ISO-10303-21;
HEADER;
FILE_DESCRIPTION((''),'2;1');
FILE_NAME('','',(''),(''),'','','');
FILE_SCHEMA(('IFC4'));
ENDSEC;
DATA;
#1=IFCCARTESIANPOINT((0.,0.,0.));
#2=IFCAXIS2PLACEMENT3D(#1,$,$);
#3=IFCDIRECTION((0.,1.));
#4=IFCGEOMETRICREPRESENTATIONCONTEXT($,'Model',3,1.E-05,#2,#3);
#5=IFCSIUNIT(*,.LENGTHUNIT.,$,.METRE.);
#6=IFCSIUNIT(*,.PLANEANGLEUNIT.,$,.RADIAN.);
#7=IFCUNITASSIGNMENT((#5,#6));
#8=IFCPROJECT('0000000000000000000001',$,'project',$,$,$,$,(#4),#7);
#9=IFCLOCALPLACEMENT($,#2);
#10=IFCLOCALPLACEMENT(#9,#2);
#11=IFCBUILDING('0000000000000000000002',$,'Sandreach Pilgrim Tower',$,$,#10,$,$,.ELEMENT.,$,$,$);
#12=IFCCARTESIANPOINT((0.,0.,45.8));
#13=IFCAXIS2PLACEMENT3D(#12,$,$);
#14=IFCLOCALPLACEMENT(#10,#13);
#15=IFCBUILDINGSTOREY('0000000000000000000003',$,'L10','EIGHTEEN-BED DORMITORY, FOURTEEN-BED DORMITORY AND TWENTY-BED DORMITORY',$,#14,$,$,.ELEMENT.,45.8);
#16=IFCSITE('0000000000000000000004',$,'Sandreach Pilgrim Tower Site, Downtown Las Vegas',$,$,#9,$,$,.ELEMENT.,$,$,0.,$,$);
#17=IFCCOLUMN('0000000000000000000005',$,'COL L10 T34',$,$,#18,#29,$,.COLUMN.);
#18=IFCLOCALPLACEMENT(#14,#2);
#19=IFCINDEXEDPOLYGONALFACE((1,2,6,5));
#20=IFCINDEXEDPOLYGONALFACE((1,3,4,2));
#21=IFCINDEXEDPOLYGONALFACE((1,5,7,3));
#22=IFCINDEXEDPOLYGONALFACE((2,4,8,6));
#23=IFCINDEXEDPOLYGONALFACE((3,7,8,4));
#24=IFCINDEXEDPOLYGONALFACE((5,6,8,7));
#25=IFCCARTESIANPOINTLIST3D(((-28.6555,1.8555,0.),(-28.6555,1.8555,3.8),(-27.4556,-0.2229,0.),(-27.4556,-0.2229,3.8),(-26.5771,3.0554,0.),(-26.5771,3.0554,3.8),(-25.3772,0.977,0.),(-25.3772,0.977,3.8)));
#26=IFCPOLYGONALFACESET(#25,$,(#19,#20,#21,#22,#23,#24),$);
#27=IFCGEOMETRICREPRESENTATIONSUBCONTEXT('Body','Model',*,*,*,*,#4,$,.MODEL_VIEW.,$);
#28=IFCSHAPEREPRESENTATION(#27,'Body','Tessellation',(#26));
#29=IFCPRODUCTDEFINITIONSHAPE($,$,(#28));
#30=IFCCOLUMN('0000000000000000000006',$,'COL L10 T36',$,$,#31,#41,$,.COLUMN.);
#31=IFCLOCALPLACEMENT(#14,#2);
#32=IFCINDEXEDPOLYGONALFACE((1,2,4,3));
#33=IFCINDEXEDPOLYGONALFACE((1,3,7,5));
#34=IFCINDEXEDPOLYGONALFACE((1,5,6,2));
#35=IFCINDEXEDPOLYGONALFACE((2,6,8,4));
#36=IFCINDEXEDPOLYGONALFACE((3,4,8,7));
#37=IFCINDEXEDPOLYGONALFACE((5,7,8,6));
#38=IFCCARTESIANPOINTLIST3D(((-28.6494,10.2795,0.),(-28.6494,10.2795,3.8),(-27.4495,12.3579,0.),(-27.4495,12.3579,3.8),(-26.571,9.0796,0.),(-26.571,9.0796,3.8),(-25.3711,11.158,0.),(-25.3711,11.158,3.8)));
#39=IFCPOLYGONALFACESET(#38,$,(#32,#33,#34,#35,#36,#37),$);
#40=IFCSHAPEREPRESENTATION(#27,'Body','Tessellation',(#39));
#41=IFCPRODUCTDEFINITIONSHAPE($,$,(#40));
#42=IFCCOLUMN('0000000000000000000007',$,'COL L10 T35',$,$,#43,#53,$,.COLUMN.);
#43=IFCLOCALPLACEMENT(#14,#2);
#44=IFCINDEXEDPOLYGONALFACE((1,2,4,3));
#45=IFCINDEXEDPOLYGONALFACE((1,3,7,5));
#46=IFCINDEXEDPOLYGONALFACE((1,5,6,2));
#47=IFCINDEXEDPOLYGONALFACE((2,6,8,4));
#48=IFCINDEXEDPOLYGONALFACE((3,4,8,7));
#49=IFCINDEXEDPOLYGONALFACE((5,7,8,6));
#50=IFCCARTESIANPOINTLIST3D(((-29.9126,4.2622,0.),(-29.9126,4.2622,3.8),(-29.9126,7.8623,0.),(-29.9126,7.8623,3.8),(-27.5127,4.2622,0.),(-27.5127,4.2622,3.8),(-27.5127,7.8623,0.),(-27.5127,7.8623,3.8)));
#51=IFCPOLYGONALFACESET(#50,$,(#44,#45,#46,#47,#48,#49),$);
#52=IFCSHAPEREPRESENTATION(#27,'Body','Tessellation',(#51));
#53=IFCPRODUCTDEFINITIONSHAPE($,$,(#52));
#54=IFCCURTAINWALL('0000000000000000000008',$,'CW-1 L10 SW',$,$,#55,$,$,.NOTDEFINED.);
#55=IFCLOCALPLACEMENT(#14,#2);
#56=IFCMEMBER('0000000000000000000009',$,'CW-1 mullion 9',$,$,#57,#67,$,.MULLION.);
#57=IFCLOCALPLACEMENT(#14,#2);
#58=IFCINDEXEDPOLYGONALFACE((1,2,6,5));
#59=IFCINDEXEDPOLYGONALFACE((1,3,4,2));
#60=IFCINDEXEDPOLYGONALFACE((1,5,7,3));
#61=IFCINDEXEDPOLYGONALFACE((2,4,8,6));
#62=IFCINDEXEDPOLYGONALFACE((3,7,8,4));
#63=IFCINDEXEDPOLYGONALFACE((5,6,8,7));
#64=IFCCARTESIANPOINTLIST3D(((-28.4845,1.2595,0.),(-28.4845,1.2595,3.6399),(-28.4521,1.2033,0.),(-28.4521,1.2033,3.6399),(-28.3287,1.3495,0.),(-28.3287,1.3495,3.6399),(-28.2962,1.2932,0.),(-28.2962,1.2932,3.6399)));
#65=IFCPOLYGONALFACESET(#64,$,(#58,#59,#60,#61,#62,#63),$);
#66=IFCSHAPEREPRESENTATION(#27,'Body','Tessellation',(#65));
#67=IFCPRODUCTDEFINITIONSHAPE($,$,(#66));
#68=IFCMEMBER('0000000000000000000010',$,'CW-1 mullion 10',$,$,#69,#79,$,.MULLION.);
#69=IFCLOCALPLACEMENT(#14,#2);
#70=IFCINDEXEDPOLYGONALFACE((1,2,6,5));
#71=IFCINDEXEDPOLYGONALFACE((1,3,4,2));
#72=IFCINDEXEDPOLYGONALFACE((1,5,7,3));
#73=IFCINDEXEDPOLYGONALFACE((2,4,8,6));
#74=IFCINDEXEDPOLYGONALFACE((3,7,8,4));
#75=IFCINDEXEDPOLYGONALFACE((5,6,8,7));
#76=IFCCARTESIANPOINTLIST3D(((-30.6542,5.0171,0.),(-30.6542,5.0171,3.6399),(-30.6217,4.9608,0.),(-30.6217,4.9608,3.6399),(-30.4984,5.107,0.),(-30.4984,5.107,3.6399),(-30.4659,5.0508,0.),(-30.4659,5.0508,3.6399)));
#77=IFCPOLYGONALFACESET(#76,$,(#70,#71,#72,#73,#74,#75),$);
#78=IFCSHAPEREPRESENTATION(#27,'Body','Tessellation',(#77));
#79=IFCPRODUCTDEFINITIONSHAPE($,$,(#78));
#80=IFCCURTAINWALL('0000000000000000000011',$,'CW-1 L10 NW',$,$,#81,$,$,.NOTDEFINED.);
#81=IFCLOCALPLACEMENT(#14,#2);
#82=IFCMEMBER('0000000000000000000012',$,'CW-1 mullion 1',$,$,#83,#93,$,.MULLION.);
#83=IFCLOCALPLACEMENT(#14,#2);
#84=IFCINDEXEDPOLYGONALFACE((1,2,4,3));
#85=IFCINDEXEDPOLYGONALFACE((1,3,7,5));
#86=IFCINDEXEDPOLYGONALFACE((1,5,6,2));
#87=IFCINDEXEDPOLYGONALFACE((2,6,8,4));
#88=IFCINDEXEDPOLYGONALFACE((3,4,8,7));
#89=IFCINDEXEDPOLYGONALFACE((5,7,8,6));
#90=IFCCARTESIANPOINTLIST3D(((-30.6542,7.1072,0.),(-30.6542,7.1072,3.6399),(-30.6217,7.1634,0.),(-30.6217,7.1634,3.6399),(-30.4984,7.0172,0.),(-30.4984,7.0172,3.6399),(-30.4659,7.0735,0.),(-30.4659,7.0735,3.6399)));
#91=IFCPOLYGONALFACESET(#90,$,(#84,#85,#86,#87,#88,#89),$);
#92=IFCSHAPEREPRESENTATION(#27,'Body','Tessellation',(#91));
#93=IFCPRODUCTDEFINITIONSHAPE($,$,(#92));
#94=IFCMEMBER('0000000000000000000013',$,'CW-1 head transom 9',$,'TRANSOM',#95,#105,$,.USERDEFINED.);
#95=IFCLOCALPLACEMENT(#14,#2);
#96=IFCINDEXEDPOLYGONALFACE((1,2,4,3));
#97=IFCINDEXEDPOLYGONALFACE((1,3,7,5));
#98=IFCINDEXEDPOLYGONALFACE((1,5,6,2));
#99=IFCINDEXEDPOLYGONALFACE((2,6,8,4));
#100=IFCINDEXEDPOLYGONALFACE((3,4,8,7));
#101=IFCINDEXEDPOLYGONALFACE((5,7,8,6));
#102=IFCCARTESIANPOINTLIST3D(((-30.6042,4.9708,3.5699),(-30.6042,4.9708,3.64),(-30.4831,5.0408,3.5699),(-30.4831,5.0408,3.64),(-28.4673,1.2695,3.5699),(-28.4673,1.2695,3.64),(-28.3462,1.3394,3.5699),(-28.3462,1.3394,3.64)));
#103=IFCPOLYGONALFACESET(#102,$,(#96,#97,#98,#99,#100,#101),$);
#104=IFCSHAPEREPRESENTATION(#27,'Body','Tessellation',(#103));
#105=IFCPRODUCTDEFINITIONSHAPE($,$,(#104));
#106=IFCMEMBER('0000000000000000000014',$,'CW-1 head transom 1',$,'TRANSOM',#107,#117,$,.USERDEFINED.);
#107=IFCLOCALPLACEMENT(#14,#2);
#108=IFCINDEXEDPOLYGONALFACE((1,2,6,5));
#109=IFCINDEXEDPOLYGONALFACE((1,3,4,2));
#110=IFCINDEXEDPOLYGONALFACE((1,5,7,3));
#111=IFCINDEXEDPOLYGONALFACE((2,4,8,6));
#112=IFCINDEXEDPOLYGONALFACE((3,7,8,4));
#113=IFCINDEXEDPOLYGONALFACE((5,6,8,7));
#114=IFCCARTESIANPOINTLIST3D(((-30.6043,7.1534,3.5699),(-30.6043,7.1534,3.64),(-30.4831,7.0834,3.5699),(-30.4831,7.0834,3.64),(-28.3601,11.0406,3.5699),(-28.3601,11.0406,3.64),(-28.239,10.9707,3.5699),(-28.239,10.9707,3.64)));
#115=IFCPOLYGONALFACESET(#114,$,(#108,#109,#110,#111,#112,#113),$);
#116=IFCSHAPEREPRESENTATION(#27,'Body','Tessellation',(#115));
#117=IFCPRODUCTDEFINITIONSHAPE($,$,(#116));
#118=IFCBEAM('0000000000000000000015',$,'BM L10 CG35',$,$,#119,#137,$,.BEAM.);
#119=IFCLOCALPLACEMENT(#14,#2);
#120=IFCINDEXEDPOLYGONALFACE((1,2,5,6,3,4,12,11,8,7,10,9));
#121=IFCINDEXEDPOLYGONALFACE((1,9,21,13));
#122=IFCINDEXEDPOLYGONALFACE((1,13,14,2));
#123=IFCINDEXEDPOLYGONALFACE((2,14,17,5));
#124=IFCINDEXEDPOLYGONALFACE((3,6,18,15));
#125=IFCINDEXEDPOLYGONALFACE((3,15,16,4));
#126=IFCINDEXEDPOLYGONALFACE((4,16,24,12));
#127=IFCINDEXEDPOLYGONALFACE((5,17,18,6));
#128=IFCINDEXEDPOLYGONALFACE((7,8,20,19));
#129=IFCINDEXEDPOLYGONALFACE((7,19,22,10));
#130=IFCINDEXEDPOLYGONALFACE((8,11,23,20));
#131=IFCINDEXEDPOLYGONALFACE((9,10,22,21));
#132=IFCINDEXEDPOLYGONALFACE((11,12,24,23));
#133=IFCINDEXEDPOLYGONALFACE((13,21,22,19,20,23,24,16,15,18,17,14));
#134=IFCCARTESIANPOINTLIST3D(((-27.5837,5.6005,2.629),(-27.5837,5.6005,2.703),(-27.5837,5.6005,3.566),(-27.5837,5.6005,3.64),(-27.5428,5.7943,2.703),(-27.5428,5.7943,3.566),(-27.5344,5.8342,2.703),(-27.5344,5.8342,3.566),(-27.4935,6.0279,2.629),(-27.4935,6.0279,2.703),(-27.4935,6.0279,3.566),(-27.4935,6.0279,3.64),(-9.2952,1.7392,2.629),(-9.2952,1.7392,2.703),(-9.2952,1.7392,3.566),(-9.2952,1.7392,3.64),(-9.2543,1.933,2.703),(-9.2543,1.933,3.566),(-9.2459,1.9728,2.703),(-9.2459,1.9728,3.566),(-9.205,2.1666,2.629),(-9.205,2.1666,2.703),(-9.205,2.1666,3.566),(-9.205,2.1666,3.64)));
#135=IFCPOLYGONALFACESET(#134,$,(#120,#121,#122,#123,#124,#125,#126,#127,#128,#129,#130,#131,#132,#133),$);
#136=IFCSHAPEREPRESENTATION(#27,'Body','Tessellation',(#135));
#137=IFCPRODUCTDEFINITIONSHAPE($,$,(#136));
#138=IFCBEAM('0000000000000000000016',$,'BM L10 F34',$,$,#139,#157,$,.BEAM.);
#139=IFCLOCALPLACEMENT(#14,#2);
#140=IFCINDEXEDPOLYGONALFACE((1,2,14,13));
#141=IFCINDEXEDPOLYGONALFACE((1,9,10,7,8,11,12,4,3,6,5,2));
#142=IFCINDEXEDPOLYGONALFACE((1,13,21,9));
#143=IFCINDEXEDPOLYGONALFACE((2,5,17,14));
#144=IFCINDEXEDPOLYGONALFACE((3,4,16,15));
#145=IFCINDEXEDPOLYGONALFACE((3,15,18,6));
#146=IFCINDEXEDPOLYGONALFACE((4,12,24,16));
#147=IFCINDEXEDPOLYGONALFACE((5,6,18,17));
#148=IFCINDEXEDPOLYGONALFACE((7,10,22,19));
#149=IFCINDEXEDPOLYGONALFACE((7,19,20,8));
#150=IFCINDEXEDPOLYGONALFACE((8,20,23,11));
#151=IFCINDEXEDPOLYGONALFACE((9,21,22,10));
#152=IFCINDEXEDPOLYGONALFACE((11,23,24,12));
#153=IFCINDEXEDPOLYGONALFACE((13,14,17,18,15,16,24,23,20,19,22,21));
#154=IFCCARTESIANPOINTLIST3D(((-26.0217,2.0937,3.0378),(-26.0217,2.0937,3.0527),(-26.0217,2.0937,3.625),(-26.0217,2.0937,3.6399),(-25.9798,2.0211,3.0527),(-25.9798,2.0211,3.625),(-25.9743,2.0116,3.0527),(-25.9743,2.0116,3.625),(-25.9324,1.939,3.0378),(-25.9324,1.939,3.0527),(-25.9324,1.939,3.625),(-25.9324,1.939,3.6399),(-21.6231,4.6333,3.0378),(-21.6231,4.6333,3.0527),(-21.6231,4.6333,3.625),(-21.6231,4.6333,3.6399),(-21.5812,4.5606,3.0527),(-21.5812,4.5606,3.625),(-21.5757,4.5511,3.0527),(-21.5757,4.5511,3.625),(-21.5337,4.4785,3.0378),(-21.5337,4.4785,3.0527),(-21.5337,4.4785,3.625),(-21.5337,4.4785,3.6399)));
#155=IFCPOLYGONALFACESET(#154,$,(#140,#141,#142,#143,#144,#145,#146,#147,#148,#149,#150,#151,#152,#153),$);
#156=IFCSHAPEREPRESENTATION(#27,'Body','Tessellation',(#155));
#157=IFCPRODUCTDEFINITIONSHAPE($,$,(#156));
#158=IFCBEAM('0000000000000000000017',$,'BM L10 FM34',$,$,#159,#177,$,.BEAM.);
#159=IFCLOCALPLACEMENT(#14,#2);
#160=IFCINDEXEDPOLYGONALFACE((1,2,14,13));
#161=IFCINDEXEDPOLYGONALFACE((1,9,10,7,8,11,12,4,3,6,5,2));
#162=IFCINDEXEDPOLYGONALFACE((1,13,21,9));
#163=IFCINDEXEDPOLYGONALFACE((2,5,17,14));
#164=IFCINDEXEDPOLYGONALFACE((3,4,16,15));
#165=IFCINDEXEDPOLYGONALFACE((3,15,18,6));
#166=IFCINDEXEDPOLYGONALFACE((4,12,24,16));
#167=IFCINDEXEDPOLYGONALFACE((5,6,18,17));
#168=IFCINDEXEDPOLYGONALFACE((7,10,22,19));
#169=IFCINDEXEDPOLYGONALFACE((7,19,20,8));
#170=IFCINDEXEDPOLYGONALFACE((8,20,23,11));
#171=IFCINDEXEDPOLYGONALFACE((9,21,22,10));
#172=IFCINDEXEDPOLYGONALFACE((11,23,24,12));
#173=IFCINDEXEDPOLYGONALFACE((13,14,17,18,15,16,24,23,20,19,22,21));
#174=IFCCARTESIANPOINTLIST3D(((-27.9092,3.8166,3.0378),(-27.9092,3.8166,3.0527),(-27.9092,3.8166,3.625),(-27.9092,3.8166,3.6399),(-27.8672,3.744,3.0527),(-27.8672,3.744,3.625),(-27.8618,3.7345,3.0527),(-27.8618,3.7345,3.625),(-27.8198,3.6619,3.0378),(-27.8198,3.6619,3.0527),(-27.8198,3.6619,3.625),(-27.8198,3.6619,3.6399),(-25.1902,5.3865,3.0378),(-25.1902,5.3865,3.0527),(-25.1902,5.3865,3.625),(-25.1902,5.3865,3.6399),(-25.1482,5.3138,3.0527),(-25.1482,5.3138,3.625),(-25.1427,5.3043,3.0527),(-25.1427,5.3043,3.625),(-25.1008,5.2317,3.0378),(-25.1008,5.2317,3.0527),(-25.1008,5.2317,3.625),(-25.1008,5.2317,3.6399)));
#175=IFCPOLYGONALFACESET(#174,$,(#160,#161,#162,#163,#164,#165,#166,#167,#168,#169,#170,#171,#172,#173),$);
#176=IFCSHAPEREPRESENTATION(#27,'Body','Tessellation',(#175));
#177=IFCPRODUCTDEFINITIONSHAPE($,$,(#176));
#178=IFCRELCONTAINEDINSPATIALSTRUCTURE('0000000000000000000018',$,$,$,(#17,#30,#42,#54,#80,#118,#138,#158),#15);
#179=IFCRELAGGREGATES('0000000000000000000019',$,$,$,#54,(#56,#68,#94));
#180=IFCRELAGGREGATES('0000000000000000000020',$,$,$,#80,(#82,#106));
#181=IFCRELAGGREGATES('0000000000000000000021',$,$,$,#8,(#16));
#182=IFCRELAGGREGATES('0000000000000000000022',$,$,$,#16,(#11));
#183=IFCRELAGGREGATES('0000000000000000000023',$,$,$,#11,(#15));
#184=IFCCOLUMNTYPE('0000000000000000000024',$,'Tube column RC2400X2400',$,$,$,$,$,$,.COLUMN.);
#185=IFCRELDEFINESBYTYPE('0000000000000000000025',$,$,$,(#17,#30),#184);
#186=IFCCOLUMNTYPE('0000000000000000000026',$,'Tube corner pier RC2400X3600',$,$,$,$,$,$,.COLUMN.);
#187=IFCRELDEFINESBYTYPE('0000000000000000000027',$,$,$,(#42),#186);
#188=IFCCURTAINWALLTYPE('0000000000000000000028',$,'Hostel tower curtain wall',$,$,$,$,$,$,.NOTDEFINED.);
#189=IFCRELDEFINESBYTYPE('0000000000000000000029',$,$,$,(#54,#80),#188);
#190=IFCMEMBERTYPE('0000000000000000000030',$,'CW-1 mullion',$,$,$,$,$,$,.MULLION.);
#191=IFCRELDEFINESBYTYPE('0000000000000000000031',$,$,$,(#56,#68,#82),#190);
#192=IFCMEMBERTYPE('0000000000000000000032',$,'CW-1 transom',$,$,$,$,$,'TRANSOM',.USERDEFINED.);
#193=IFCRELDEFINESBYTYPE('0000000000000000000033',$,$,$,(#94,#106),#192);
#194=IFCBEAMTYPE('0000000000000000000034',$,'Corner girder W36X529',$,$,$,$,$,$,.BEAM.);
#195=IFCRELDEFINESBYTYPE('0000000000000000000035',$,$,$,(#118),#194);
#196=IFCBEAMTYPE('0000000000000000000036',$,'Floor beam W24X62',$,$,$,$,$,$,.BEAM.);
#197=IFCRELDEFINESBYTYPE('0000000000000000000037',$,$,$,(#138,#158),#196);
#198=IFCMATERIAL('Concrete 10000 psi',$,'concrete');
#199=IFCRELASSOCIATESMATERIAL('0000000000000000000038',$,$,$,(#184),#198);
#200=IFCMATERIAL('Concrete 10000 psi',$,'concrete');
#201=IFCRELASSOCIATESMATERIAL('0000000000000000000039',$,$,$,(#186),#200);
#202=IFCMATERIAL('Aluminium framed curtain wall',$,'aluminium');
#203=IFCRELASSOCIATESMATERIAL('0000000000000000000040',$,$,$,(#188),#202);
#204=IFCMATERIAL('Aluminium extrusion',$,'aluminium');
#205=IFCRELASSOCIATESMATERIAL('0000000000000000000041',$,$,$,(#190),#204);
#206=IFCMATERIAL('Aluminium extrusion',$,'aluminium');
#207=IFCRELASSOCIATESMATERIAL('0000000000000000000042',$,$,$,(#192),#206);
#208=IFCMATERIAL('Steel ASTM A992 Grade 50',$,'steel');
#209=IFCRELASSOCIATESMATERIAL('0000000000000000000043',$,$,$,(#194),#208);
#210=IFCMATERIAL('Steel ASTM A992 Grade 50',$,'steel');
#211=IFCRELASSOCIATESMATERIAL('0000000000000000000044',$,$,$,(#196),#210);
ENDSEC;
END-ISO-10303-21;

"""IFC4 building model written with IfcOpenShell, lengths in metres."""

from ifc_helpers import new_model, si_unit, direction, frame, origin, origin_2d, place, context, subcontext, project, spatial, rectangle, i_section, extrude, material, material_profile, profile_set, type_object, element, aggregate, save


model = new_model("IFC4")

# Units and contexts
model_context = context("Model", 3, precision=1e-05, world=origin(), true_north=direction((0.0, 1.0)))
body_context = subcontext(model_context, "Body", "Model", "MODEL_VIEW")
ifc_project = project(units=[si_unit("LENGTHUNIT", "METRE"), si_unit("PLANEANGLEUNIT", "RADIAN")], contexts=[model_context])

# Site, building, storey
site_placement = place(None, origin())
site = spatial("IfcSite", under=ifc_project, at=site_placement, Name="Sandreach Pilgrim Tower Site, Downtown Las Vegas", CompositionType="ELEMENT", RefElevation=0.0)
building_placement = place(site_placement, origin())
building = spatial("IfcBuilding", under=site, at=building_placement, Name="Sandreach Pilgrim Tower", CompositionType="ELEMENT")
storey_placement = place(building_placement, frame((0.0, 0.0, 45.8)))
storey = spatial("IfcBuildingStorey", under=building, at=storey_placement, Name="L10", Description="EIGHTEEN-BED DORMITORY, FOURTEEN-BED DORMITORY AND TWENTY-BED DORMITORY", CompositionType="ELEMENT", Elevation=45.8)

# Columns
ifc_material_1 = material(Name="Concrete 10000 psi", Category="concrete")
ifc_material_profile_1 = material_profile(ifc_material_1, rectangle(XDim=2.3999, YDim=2.3999, at=origin_2d()), Name="RC2400X2400")
ifc_profile_set_1 = profile_set([ifc_material_profile_1], Name="Concrete 10000 psi")
column_type_1 = type_object("IfcColumnType", Name="Tube column RC2400X2400", PredefinedType="COLUMN", material=ifc_profile_set_1)
for number, where, z_axis, x_axis, name in (
    (1, (-27.0164, 1.4163, 0.0), (0.0, 0.0, 1.0), (-0.866025, -0.5, 0.0), "COL L10 T34"),
    (2, (-27.0103, 10.7188, 0.0), (0.0, 0.0, 1.0), (-0.866025, 0.5, 0.0), "COL L10 T36"),
):
    element("IfcColumn", number, at=place(storey_placement, frame(where, z_axis=z_axis, x_axis=x_axis)), inside=storey, type_object=column_type_1, Name=name, PredefinedType="COLUMN", context=body_context, shape_type="SweptSolid", body=[
        extrude(rectangle(XDim=2.3999, YDim=2.3999, at=origin_2d()), origin(), (0.0, 0.0, 1.0), 3.8),
    ])
ifc_material_2 = material(Name="Concrete 10000 psi", Category="concrete")
ifc_material_profile_2 = material_profile(ifc_material_2, rectangle(XDim=2.3999, YDim=3.6001, at=origin_2d()), Name="RC2400X3600")
ifc_profile_set_2 = profile_set([ifc_material_profile_2], Name="Concrete 10000 psi")
column_type_2 = type_object("IfcColumnType", Name="Tube corner pier RC2400X3600", PredefinedType="COLUMN", material=ifc_profile_set_2)
column_placement = place(storey_placement, frame((-28.7126, 6.0623, 0.0), z_axis=(0.0, 0.0, 1.0), x_axis=(-1.0, 0.0, 0.0)))
element("IfcColumn", 3, at=column_placement, inside=storey, type_object=column_type_2, Name="COL L10 T35", PredefinedType="COLUMN", context=body_context, shape_type="SweptSolid", body=[
    extrude(rectangle(XDim=2.3999, YDim=3.6001, at=origin_2d()), origin(), (0.0, 0.0, 1.0), 3.8),
])

# Curtain wall, members
ifc_material_3 = material(Name="Aluminium framed curtain wall", Category="aluminium")
curtain_wall_type = type_object("IfcCurtainWallType", Name="Hostel tower curtain wall", PredefinedType="NOTDEFINED", material=ifc_material_3)
curtain_wall_1_placement = place(storey_placement, origin())
curtain_wall_1 = element("IfcCurtainWall", 4, at=curtain_wall_1_placement, inside=storey, type_object=curtain_wall_type, Name="CW-1 L10 SW", PredefinedType="NOTDEFINED")
ifc_material_4 = material(Name="Aluminium extrusion", Category="aluminium")
ifc_material_profile_3 = material_profile(ifc_material_4, rectangle(XDim=0.0649, YDim=0.1799, at=origin_2d()), Name="CW-1M 65X180")
ifc_profile_set_3 = profile_set([ifc_material_profile_3], Name="Aluminium extrusion")
member_type_1 = type_object("IfcMemberType", Name="CW-1 mullion", PredefinedType="MULLION", material=ifc_profile_set_3)
member_1_placement = place(storey_placement, frame((-28.3904, 1.2764, 0.0), z_axis=(0.0, 0.0, 1.0), x_axis=(-0.5, 0.866025, 0.0)))
member_1 = element("IfcMember", 5, at=member_1_placement, type_object=member_type_1, Name="CW-1 mullion 9", PredefinedType="MULLION", context=body_context, shape_type="SweptSolid", body=[
    extrude(rectangle(XDim=0.0649, YDim=0.1799, at=origin_2d()), origin(), (0.0, 0.0, 1.0), 3.6399),
])
member_2_placement = place(storey_placement, frame((-30.5601, 5.0339, 0.0), z_axis=(0.0, 0.0, 1.0), x_axis=(-0.5, 0.866025, 0.0)))
member_2 = element("IfcMember", 6, at=member_2_placement, type_object=member_type_1, Name="CW-1 mullion 10", PredefinedType="MULLION", context=body_context, shape_type="SweptSolid", body=[
    extrude(rectangle(XDim=0.0649, YDim=0.1799, at=origin_2d()), origin(), (0.0, 0.0, 1.0), 3.6399),
])

# Curtain wall, member
curtain_wall_2_placement = place(storey_placement, origin())
curtain_wall_2 = element("IfcCurtainWall", 7, at=curtain_wall_2_placement, inside=storey, type_object=curtain_wall_type, Name="CW-1 L10 NW", PredefinedType="NOTDEFINED")
member_3_placement = place(storey_placement, frame((-30.5601, 7.0903, 0.0), z_axis=(0.0, 0.0, 1.0), x_axis=(0.5, 0.866025, 0.0)))
member_3 = element("IfcMember", 8, at=member_3_placement, type_object=member_type_1, Name="CW-1 mullion 1", PredefinedType="MULLION", context=body_context, shape_type="SweptSolid", body=[
    extrude(rectangle(XDim=0.0649, YDim=0.1799, at=origin_2d()), origin(), (0.0, 0.0, 1.0), 3.6399),
])

# Members
ifc_material_5 = material(Name="Aluminium extrusion", Category="aluminium")
ifc_material_profile_4 = material_profile(ifc_material_5, rectangle(XDim=0.1399, YDim=0.0701, at=origin_2d()), Name="CW-1T 140X70")
ifc_profile_set_4 = profile_set([ifc_material_profile_4], Name="Aluminium extrusion")
member_type_2 = type_object("IfcMemberType", Name="CW-1 transom", ElementType="TRANSOM", PredefinedType="USERDEFINED", material=ifc_profile_set_4)
member_4_placement = place(storey_placement, frame((-28.4067, 1.3044, 3.605), z_axis=(-0.499991, 0.866031, 0.0), x_axis=(-0.866031, -0.499991, 0.0)))
member_4 = element("IfcMember", 9, at=member_4_placement, type_object=member_type_2, Name="CW-1 head transom 9", ObjectType="TRANSOM", PredefinedType="USERDEFINED", context=body_context, shape_type="SweptSolid", body=[
    extrude(rectangle(XDim=0.1399, YDim=0.0701, at=origin_2d()), origin(), (0.0, 0.0, 1.0), 4.2739),
])
member_5_placement = place(storey_placement, frame((-30.5437, 7.1184, 3.605), z_axis=(0.499977, 0.866039, 0.0), x_axis=(-0.866039, 0.499977, 0.0)))
member_5 = element("IfcMember", 10, at=member_5_placement, type_object=member_type_2, Name="CW-1 head transom 1", ObjectType="TRANSOM", PredefinedType="USERDEFINED", context=body_context, shape_type="SweptSolid", body=[
    extrude(rectangle(XDim=0.1399, YDim=0.0701, at=origin_2d()), origin(), (0.0, 0.0, 1.0), 4.4885),
])

# Beams
ifc_material_6 = material(Name="Steel ASTM A992 Grade 50", Category="steel")
ifc_material_profile_5 = material_profile(ifc_material_6, i_section(OverallWidth=0.4368, OverallDepth=1.011, WebThickness=0.0408, FlangeThickness=0.074, at=origin_2d()), Name="W36X529")
ifc_profile_set_5 = profile_set([ifc_material_profile_5], Name="Steel ASTM A992 Grade 50")
beam_type_1 = type_object("IfcBeamType", Name="Corner girder W36X529", PredefinedType="BEAM", material=ifc_profile_set_5)
beam_1_placement = place(storey_placement, frame((-27.5386, 5.8142, 3.1345), z_axis=(0.97843, -0.206579, 0.0), x_axis=(0.206579, 0.97843, 0.0)))
element("IfcBeam", 11, at=beam_1_placement, inside=storey, type_object=beam_type_1, Name="BM L10 CG35", PredefinedType="BEAM", context=body_context, shape_type="SweptSolid", body=[
    extrude(i_section(OverallWidth=0.4368, OverallDepth=1.011, WebThickness=0.0408, FlangeThickness=0.074, at=origin_2d()), origin(), (0.0, 0.0, 1.0), 18.6917),
])
ifc_material_7 = material(Name="Steel ASTM A992 Grade 50", Category="steel")
ifc_material_profile_6 = material_profile(ifc_material_7, i_section(OverallWidth=0.1787, OverallDepth=0.6021, WebThickness=0.011, FlangeThickness=0.0149, at=origin_2d()), Name="W24X62")
ifc_profile_set_6 = profile_set([ifc_material_profile_6], Name="Steel ASTM A992 Grade 50")
beam_type_2 = type_object("IfcBeamType", Name="Floor beam W24X62", PredefinedType="BEAM", material=ifc_profile_set_6)
beam_2_placement = place(storey_placement, frame((-25.9771, 2.0164, 3.3389), z_axis=(0.866028, 0.499996, 0.0), x_axis=(-0.499996, 0.866028, 0.0)))
element("IfcBeam", 12, at=beam_2_placement, inside=storey, type_object=beam_type_2, Name="BM L10 F34", PredefinedType="BEAM", context=body_context, shape_type="SweptSolid", body=[
    extrude(i_section(OverallWidth=0.1787, OverallDepth=0.6021, WebThickness=0.011, FlangeThickness=0.0149, at=origin_2d()), origin(), (0.0, 0.0, 1.0), 5.0791),
])
beam_3_placement = place(storey_placement, frame((-27.8645, 3.7393, 3.3389), z_axis=(0.866024, 0.500003, 0.0), x_axis=(-0.500003, 0.866024, 0.0)))
element("IfcBeam", 13, at=beam_3_placement, inside=storey, type_object=beam_type_2, Name="BM L10 FM34", PredefinedType="BEAM", context=body_context, shape_type="SweptSolid", body=[
    extrude(i_section(OverallWidth=0.1787, OverallDepth=0.6021, WebThickness=0.011, FlangeThickness=0.0149, at=origin_2d()), origin(), (0.0, 0.0, 1.0), 3.1396),
])

aggregate(curtain_wall_1, [member_1, member_2, member_4])
aggregate(curtain_wall_2, [member_3, member_5])

save(model, "model.ifc")
